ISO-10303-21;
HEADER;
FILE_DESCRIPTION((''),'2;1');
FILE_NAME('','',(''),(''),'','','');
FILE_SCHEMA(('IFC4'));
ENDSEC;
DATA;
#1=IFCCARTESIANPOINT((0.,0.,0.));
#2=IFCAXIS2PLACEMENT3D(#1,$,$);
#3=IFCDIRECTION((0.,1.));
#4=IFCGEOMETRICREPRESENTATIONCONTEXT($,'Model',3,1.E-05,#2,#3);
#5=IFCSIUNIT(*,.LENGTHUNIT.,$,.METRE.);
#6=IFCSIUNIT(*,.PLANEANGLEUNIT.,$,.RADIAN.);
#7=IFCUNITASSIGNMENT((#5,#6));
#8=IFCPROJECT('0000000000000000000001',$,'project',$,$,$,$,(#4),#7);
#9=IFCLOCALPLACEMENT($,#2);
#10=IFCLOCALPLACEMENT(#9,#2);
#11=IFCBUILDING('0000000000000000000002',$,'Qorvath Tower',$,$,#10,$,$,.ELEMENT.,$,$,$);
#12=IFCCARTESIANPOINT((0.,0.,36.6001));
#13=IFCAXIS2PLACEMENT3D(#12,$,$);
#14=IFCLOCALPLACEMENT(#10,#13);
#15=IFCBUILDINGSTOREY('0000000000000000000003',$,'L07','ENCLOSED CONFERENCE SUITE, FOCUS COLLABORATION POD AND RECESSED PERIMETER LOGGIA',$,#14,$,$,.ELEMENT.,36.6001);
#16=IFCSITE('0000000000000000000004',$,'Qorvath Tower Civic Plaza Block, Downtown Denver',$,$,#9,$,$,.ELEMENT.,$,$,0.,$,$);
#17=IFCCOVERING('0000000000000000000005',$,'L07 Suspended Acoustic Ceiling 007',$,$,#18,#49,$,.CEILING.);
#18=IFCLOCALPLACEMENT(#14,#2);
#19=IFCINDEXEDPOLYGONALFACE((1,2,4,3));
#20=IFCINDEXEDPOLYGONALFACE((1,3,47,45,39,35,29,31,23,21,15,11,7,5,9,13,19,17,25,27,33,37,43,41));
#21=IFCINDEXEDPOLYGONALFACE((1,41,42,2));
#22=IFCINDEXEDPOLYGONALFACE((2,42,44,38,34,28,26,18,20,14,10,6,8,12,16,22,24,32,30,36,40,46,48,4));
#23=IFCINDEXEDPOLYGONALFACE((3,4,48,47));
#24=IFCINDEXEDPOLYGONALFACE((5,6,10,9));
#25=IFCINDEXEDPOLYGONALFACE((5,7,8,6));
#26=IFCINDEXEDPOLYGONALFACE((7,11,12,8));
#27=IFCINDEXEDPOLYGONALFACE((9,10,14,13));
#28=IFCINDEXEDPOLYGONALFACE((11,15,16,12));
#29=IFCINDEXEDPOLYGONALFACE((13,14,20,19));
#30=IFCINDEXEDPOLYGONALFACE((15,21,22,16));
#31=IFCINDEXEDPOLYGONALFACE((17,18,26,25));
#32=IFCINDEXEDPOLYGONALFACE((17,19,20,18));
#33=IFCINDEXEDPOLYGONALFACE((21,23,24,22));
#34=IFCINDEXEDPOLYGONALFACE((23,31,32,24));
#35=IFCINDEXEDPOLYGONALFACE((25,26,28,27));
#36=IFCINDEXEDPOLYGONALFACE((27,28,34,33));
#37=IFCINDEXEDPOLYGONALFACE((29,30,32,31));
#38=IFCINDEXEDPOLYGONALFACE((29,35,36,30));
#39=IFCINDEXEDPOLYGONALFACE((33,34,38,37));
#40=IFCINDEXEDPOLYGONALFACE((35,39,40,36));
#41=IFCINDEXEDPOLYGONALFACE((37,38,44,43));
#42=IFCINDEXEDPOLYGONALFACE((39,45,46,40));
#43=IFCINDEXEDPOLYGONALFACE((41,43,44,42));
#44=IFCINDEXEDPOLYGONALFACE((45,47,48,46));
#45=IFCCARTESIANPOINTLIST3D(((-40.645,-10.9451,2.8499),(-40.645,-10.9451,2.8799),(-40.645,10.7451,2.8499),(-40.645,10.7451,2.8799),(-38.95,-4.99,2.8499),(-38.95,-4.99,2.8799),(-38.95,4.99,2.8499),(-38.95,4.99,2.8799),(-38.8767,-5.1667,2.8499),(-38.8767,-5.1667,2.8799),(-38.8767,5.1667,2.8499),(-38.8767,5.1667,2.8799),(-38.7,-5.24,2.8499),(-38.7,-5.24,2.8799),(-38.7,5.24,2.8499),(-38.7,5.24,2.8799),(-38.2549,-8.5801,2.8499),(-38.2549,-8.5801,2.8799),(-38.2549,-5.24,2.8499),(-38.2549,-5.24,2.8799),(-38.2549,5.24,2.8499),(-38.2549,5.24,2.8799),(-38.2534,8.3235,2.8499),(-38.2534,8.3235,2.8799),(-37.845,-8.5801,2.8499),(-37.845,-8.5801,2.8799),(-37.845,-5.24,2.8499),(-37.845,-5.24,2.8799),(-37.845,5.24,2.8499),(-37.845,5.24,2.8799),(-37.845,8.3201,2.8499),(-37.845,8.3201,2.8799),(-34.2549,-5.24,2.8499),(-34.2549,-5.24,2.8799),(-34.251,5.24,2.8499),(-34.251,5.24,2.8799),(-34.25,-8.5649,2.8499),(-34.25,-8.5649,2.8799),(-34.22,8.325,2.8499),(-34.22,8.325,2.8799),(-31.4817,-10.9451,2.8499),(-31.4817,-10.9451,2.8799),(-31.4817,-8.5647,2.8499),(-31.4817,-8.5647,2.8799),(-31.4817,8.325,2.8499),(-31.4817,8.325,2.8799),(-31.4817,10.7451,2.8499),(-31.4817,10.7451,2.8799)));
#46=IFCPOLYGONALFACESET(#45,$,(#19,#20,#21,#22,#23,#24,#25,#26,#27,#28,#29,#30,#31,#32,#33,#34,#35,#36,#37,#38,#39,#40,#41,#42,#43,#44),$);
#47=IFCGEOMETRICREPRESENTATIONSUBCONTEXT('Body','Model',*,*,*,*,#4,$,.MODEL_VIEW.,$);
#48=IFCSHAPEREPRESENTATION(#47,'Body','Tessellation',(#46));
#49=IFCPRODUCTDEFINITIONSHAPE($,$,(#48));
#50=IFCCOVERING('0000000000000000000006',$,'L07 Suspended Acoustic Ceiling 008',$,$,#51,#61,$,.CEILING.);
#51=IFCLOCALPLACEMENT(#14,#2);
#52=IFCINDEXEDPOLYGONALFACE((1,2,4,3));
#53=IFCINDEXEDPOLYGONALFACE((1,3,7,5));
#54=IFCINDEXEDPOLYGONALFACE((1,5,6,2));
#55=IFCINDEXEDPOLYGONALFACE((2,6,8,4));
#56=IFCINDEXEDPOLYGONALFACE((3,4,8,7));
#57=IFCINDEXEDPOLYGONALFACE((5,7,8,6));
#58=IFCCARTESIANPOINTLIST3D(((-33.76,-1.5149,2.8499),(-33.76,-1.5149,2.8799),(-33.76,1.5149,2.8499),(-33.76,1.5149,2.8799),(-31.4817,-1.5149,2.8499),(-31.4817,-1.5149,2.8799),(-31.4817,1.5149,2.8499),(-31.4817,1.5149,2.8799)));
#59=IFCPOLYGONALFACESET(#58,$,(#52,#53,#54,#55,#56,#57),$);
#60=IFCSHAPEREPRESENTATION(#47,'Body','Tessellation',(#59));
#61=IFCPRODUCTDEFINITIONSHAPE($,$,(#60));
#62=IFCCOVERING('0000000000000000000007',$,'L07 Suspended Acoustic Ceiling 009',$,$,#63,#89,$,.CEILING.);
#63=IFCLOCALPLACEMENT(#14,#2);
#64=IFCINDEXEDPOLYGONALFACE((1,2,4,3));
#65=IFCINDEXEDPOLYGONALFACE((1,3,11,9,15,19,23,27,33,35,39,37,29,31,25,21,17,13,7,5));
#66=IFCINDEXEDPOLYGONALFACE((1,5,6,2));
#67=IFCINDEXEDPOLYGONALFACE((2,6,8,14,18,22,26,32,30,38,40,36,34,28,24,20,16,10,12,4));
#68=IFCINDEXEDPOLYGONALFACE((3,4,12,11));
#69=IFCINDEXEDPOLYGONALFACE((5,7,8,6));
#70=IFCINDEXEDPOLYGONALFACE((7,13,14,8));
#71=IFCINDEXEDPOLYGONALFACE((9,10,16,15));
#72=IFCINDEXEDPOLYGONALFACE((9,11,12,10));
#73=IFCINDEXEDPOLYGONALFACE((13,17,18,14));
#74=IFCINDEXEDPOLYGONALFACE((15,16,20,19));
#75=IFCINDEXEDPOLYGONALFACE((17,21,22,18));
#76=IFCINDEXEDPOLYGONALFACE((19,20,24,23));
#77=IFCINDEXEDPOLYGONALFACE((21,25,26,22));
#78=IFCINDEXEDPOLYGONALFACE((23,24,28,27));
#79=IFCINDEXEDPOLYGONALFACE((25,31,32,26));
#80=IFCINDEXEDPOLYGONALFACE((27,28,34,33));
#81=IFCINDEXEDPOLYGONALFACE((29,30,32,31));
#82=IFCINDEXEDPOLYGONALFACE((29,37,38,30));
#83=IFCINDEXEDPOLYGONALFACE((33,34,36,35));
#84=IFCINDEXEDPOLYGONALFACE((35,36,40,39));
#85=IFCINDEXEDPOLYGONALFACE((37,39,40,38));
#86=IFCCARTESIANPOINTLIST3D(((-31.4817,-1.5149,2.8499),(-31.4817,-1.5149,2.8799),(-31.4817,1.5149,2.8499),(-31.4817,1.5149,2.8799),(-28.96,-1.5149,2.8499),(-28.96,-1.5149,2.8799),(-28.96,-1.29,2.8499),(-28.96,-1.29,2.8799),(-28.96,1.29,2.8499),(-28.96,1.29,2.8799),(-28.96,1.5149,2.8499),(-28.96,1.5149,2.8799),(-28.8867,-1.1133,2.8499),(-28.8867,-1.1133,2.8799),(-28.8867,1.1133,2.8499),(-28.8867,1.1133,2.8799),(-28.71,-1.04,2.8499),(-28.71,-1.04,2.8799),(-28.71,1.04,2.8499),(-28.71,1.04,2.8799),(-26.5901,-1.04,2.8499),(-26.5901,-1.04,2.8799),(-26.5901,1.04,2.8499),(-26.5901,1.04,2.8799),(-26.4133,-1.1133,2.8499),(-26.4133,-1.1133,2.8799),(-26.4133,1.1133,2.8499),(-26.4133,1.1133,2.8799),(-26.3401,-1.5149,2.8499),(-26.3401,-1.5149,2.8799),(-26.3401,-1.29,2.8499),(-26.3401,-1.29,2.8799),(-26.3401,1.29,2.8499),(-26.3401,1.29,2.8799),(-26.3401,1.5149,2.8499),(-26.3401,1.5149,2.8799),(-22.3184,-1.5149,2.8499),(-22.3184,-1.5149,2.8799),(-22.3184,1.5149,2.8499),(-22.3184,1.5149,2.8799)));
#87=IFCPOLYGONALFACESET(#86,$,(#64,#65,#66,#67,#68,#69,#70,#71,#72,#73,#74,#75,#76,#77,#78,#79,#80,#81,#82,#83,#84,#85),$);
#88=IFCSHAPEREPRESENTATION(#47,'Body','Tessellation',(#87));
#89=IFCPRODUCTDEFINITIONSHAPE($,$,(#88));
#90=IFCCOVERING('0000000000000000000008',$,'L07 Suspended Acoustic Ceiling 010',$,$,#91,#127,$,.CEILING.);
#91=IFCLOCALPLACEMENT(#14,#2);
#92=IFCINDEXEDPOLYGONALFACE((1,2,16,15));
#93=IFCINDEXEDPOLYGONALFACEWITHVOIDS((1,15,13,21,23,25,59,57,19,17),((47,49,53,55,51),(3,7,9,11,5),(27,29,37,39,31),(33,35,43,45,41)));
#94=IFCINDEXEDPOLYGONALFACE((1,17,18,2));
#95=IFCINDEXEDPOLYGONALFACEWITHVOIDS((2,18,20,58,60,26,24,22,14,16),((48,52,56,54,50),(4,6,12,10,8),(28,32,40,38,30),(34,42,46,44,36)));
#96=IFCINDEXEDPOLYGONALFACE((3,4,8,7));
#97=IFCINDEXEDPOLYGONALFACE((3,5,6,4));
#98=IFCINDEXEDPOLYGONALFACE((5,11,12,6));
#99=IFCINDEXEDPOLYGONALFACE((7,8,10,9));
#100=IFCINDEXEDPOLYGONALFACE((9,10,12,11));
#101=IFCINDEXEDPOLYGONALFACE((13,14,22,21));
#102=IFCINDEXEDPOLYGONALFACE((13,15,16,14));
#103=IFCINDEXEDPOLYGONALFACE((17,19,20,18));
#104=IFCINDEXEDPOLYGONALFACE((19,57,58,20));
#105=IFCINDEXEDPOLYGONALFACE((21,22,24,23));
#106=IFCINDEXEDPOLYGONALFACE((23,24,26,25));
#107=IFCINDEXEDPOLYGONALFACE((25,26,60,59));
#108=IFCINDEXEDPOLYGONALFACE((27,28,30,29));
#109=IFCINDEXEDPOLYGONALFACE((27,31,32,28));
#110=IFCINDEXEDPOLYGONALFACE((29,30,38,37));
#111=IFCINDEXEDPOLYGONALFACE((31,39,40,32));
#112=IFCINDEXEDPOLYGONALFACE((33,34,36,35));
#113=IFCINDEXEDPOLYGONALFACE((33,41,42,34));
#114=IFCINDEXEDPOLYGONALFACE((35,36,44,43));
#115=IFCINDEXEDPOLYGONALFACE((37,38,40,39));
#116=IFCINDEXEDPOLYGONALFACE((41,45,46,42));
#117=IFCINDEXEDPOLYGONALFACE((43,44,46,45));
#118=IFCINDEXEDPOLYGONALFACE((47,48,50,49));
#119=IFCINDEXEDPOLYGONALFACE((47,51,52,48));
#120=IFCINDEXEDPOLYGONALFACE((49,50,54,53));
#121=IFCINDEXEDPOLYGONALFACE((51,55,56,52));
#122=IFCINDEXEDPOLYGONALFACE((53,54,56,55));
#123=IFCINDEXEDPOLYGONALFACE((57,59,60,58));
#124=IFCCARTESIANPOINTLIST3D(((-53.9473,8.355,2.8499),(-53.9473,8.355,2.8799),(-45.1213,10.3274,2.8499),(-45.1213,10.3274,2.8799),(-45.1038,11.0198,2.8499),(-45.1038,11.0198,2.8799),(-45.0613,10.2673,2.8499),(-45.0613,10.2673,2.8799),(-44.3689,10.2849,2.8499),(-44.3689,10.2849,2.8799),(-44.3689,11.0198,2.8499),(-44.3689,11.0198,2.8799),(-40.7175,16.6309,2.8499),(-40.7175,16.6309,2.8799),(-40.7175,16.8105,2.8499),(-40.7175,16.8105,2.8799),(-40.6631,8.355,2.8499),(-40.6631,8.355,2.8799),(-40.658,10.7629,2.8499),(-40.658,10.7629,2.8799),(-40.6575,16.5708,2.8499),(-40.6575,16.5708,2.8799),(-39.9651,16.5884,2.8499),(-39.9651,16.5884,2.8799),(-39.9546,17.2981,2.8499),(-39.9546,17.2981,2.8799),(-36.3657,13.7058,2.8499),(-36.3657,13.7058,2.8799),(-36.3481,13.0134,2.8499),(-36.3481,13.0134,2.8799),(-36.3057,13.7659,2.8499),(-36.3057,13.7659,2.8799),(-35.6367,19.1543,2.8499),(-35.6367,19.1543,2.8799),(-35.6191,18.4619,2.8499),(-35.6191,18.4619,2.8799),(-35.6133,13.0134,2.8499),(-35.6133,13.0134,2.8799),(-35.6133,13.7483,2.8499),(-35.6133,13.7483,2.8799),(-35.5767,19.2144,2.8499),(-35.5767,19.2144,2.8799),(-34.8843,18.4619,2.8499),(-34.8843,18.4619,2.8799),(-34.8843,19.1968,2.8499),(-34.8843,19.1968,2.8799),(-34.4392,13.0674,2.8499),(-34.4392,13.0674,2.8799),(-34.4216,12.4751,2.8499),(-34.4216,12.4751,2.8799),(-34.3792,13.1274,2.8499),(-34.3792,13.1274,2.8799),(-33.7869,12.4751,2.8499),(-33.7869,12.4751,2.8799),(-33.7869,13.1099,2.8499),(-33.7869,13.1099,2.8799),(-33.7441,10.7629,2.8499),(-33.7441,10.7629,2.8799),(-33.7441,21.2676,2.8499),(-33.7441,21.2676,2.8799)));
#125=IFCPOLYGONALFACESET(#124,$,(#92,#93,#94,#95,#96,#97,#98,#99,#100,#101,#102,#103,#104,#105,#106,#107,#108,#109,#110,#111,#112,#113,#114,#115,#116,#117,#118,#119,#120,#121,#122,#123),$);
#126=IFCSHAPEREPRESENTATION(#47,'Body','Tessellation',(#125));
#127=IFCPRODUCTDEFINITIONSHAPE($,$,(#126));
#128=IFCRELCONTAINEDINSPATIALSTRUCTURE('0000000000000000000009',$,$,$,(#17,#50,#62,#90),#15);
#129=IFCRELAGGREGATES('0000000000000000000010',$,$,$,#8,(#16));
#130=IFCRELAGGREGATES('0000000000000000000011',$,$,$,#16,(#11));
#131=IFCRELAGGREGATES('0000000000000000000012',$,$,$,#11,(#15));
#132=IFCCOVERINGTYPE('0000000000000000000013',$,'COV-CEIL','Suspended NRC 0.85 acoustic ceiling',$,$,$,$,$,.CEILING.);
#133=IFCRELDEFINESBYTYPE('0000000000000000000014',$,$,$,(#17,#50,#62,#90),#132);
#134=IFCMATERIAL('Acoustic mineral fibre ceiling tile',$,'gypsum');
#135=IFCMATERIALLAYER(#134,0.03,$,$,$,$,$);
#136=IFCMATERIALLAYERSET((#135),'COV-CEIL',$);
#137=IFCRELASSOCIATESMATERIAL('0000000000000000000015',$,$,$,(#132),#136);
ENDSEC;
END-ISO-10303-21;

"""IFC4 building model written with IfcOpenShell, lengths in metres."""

from ifc_helpers import new_model, si_unit, direction, frame, origin, place, context, subcontext, project, spatial, polyline, outline, extrude, material, layer, layer_set, type_object, element, save


model = new_model("IFC4")

# Units and contexts
model_context = context("Model", 3, precision=1e-05, world=origin(), true_north=direction((0.0, 1.0)))
body_context = subcontext(model_context, "Body", "Model", "MODEL_VIEW")
ifc_project = project(units=[si_unit("LENGTHUNIT", "METRE"), si_unit("PLANEANGLEUNIT", "RADIAN")], contexts=[model_context])

# Site, building, storey
site_placement = place(None, origin())
site = spatial("IfcSite", under=ifc_project, at=site_placement, Name="Qorvath Tower Civic Plaza Block, Downtown Denver", CompositionType="ELEMENT", RefElevation=0.0)
building_placement = place(site_placement, origin())
building = spatial("IfcBuilding", under=site, at=building_placement, Name="Qorvath Tower", CompositionType="ELEMENT")
storey_placement = place(building_placement, frame((0.0, 0.0, 36.6001)))
storey = spatial("IfcBuildingStorey", under=building, at=storey_placement, Name="L07", Description="ENCLOSED CONFERENCE SUITE, FOCUS COLLABORATION POD AND RECESSED PERIMETER LOGGIA", CompositionType="ELEMENT", Elevation=36.6001)

# Coverings
ifc_material_1 = material(Name="Acoustic mineral fibre ceiling tile", Category="gypsum")
ifc_layer_1 = layer(ifc_material_1, 0.03)
ifc_layer_set_1 = layer_set([ifc_layer_1], Name="COV-CEIL")
covering_type_1 = type_object("IfcCoveringType", Name="COV-CEIL", Description="Suspended NRC 0.85 acoustic ceiling", PredefinedType="CEILING", material=ifc_layer_set_1)
covering_1_placement = place(storey_placement, frame((0.0, 0.0, 2.8499)))
element("IfcCovering", 1, at=covering_1_placement, inside=storey, type_object=covering_type_1, Name="L07 Suspended Acoustic Ceiling 007", PredefinedType="CEILING", context=body_context, shape_type="SweptSolid", body=[
    extrude(outline(polyline([(-31.4817, -10.9451), (-31.4817, -8.5647), (-34.25, -8.5649), (-34.2549, -5.24), (-37.845, -5.24), (-37.845, -8.5801), (-38.2549, -8.5801), (-38.2549, -5.24), (-38.7, -5.24), (-38.8767, -5.1667), (-38.95, -4.99), (-38.95, 4.99), (-38.8767, 5.1667), (-38.7, 5.24), (-38.2549, 5.24), (-38.2534, 8.3235), (-37.845, 8.3201), (-37.845, 5.24), (-34.251, 5.24), (-34.22, 8.325), (-31.4817, 8.325), (-31.4817, 10.7451), (-40.645, 10.7451), (-40.645, -10.9451), (-31.4817, -10.9451)])), origin(), (0.0, 0.0, 1.0), 0.03),
])
covering_2_placement = place(storey_placement, frame((0.0, 0.0, 2.8499)))
element("IfcCovering", 2, at=covering_2_placement, inside=storey, type_object=covering_type_1, Name="L07 Suspended Acoustic Ceiling 008", PredefinedType="CEILING", context=body_context, shape_type="SweptSolid", body=[
    extrude(outline(polyline([(-31.4817, -1.5149), (-31.4817, 1.5149), (-33.76, 1.5149), (-33.76, -1.5149), (-31.4817, -1.5149)])), origin(), (0.0, 0.0, 1.0), 0.03),
])
covering_3_placement = place(storey_placement, frame((0.0, 0.0, 2.8499)))
element("IfcCovering", 3, at=covering_3_placement, inside=storey, type_object=covering_type_1, Name="L07 Suspended Acoustic Ceiling 009", PredefinedType="CEILING", context=body_context, shape_type="SweptSolid", body=[
    extrude(outline(polyline([(-22.3184, -1.5149), (-22.3184, 1.5149), (-26.3401, 1.5149), (-26.3401, 1.29), (-26.4133, 1.1133), (-26.5901, 1.04), (-28.71, 1.04), (-28.8867, 1.1133), (-28.96, 1.29), (-28.96, 1.5149), (-31.4817, 1.5149), (-31.4817, -1.5149), (-28.96, -1.5149), (-28.96, -1.29), (-28.8867, -1.1133), (-28.71, -1.04), (-26.5901, -1.04), (-26.4133, -1.1133), (-26.3401, -1.29), (-26.3401, -1.5149), (-22.3184, -1.5149)])), origin(), (0.0, 0.0, 1.0), 0.03),
])
covering_4_placement = place(storey_placement, frame((0.0, 0.0, 2.8499)))
element("IfcCovering", 4, at=covering_4_placement, inside=storey, type_object=covering_type_1, Name="L07 Suspended Acoustic Ceiling 010", PredefinedType="CEILING", context=body_context, shape_type="SweptSolid", body=[
    extrude(outline(polyline([(-33.7441, 10.7629), (-33.7441, 21.2676), (-39.9546, 17.2981), (-39.9651, 16.5884), (-40.6575, 16.5708), (-40.7175, 16.6309), (-40.7175, 16.8105), (-53.9473, 8.355), (-40.6631, 8.355), (-40.658, 10.7629), (-33.7441, 10.7629)]), holes=[polyline([(-34.4392, 13.0674), (-34.3792, 13.1274), (-33.7869, 13.1099), (-33.7869, 12.4751), (-34.4216, 12.4751), (-34.4392, 13.0674)]), polyline([(-35.6367, 19.1543), (-35.5767, 19.2144), (-34.8843, 19.1968), (-34.8843, 18.4619), (-35.6191, 18.4619), (-35.6367, 19.1543)]), polyline([(-36.3657, 13.7058), (-36.3057, 13.7659), (-35.6133, 13.7483), (-35.6133, 13.0134), (-36.3481, 13.0134), (-36.3657, 13.7058)]), polyline([(-45.1213, 10.3274), (-45.1038, 11.0198), (-44.3689, 11.0198), (-44.3689, 10.2849), (-45.0613, 10.2673), (-45.1213, 10.3274)])]), origin(), (0.0, 0.0, 1.0), 0.03),
])

save(model, "model.ifc")
